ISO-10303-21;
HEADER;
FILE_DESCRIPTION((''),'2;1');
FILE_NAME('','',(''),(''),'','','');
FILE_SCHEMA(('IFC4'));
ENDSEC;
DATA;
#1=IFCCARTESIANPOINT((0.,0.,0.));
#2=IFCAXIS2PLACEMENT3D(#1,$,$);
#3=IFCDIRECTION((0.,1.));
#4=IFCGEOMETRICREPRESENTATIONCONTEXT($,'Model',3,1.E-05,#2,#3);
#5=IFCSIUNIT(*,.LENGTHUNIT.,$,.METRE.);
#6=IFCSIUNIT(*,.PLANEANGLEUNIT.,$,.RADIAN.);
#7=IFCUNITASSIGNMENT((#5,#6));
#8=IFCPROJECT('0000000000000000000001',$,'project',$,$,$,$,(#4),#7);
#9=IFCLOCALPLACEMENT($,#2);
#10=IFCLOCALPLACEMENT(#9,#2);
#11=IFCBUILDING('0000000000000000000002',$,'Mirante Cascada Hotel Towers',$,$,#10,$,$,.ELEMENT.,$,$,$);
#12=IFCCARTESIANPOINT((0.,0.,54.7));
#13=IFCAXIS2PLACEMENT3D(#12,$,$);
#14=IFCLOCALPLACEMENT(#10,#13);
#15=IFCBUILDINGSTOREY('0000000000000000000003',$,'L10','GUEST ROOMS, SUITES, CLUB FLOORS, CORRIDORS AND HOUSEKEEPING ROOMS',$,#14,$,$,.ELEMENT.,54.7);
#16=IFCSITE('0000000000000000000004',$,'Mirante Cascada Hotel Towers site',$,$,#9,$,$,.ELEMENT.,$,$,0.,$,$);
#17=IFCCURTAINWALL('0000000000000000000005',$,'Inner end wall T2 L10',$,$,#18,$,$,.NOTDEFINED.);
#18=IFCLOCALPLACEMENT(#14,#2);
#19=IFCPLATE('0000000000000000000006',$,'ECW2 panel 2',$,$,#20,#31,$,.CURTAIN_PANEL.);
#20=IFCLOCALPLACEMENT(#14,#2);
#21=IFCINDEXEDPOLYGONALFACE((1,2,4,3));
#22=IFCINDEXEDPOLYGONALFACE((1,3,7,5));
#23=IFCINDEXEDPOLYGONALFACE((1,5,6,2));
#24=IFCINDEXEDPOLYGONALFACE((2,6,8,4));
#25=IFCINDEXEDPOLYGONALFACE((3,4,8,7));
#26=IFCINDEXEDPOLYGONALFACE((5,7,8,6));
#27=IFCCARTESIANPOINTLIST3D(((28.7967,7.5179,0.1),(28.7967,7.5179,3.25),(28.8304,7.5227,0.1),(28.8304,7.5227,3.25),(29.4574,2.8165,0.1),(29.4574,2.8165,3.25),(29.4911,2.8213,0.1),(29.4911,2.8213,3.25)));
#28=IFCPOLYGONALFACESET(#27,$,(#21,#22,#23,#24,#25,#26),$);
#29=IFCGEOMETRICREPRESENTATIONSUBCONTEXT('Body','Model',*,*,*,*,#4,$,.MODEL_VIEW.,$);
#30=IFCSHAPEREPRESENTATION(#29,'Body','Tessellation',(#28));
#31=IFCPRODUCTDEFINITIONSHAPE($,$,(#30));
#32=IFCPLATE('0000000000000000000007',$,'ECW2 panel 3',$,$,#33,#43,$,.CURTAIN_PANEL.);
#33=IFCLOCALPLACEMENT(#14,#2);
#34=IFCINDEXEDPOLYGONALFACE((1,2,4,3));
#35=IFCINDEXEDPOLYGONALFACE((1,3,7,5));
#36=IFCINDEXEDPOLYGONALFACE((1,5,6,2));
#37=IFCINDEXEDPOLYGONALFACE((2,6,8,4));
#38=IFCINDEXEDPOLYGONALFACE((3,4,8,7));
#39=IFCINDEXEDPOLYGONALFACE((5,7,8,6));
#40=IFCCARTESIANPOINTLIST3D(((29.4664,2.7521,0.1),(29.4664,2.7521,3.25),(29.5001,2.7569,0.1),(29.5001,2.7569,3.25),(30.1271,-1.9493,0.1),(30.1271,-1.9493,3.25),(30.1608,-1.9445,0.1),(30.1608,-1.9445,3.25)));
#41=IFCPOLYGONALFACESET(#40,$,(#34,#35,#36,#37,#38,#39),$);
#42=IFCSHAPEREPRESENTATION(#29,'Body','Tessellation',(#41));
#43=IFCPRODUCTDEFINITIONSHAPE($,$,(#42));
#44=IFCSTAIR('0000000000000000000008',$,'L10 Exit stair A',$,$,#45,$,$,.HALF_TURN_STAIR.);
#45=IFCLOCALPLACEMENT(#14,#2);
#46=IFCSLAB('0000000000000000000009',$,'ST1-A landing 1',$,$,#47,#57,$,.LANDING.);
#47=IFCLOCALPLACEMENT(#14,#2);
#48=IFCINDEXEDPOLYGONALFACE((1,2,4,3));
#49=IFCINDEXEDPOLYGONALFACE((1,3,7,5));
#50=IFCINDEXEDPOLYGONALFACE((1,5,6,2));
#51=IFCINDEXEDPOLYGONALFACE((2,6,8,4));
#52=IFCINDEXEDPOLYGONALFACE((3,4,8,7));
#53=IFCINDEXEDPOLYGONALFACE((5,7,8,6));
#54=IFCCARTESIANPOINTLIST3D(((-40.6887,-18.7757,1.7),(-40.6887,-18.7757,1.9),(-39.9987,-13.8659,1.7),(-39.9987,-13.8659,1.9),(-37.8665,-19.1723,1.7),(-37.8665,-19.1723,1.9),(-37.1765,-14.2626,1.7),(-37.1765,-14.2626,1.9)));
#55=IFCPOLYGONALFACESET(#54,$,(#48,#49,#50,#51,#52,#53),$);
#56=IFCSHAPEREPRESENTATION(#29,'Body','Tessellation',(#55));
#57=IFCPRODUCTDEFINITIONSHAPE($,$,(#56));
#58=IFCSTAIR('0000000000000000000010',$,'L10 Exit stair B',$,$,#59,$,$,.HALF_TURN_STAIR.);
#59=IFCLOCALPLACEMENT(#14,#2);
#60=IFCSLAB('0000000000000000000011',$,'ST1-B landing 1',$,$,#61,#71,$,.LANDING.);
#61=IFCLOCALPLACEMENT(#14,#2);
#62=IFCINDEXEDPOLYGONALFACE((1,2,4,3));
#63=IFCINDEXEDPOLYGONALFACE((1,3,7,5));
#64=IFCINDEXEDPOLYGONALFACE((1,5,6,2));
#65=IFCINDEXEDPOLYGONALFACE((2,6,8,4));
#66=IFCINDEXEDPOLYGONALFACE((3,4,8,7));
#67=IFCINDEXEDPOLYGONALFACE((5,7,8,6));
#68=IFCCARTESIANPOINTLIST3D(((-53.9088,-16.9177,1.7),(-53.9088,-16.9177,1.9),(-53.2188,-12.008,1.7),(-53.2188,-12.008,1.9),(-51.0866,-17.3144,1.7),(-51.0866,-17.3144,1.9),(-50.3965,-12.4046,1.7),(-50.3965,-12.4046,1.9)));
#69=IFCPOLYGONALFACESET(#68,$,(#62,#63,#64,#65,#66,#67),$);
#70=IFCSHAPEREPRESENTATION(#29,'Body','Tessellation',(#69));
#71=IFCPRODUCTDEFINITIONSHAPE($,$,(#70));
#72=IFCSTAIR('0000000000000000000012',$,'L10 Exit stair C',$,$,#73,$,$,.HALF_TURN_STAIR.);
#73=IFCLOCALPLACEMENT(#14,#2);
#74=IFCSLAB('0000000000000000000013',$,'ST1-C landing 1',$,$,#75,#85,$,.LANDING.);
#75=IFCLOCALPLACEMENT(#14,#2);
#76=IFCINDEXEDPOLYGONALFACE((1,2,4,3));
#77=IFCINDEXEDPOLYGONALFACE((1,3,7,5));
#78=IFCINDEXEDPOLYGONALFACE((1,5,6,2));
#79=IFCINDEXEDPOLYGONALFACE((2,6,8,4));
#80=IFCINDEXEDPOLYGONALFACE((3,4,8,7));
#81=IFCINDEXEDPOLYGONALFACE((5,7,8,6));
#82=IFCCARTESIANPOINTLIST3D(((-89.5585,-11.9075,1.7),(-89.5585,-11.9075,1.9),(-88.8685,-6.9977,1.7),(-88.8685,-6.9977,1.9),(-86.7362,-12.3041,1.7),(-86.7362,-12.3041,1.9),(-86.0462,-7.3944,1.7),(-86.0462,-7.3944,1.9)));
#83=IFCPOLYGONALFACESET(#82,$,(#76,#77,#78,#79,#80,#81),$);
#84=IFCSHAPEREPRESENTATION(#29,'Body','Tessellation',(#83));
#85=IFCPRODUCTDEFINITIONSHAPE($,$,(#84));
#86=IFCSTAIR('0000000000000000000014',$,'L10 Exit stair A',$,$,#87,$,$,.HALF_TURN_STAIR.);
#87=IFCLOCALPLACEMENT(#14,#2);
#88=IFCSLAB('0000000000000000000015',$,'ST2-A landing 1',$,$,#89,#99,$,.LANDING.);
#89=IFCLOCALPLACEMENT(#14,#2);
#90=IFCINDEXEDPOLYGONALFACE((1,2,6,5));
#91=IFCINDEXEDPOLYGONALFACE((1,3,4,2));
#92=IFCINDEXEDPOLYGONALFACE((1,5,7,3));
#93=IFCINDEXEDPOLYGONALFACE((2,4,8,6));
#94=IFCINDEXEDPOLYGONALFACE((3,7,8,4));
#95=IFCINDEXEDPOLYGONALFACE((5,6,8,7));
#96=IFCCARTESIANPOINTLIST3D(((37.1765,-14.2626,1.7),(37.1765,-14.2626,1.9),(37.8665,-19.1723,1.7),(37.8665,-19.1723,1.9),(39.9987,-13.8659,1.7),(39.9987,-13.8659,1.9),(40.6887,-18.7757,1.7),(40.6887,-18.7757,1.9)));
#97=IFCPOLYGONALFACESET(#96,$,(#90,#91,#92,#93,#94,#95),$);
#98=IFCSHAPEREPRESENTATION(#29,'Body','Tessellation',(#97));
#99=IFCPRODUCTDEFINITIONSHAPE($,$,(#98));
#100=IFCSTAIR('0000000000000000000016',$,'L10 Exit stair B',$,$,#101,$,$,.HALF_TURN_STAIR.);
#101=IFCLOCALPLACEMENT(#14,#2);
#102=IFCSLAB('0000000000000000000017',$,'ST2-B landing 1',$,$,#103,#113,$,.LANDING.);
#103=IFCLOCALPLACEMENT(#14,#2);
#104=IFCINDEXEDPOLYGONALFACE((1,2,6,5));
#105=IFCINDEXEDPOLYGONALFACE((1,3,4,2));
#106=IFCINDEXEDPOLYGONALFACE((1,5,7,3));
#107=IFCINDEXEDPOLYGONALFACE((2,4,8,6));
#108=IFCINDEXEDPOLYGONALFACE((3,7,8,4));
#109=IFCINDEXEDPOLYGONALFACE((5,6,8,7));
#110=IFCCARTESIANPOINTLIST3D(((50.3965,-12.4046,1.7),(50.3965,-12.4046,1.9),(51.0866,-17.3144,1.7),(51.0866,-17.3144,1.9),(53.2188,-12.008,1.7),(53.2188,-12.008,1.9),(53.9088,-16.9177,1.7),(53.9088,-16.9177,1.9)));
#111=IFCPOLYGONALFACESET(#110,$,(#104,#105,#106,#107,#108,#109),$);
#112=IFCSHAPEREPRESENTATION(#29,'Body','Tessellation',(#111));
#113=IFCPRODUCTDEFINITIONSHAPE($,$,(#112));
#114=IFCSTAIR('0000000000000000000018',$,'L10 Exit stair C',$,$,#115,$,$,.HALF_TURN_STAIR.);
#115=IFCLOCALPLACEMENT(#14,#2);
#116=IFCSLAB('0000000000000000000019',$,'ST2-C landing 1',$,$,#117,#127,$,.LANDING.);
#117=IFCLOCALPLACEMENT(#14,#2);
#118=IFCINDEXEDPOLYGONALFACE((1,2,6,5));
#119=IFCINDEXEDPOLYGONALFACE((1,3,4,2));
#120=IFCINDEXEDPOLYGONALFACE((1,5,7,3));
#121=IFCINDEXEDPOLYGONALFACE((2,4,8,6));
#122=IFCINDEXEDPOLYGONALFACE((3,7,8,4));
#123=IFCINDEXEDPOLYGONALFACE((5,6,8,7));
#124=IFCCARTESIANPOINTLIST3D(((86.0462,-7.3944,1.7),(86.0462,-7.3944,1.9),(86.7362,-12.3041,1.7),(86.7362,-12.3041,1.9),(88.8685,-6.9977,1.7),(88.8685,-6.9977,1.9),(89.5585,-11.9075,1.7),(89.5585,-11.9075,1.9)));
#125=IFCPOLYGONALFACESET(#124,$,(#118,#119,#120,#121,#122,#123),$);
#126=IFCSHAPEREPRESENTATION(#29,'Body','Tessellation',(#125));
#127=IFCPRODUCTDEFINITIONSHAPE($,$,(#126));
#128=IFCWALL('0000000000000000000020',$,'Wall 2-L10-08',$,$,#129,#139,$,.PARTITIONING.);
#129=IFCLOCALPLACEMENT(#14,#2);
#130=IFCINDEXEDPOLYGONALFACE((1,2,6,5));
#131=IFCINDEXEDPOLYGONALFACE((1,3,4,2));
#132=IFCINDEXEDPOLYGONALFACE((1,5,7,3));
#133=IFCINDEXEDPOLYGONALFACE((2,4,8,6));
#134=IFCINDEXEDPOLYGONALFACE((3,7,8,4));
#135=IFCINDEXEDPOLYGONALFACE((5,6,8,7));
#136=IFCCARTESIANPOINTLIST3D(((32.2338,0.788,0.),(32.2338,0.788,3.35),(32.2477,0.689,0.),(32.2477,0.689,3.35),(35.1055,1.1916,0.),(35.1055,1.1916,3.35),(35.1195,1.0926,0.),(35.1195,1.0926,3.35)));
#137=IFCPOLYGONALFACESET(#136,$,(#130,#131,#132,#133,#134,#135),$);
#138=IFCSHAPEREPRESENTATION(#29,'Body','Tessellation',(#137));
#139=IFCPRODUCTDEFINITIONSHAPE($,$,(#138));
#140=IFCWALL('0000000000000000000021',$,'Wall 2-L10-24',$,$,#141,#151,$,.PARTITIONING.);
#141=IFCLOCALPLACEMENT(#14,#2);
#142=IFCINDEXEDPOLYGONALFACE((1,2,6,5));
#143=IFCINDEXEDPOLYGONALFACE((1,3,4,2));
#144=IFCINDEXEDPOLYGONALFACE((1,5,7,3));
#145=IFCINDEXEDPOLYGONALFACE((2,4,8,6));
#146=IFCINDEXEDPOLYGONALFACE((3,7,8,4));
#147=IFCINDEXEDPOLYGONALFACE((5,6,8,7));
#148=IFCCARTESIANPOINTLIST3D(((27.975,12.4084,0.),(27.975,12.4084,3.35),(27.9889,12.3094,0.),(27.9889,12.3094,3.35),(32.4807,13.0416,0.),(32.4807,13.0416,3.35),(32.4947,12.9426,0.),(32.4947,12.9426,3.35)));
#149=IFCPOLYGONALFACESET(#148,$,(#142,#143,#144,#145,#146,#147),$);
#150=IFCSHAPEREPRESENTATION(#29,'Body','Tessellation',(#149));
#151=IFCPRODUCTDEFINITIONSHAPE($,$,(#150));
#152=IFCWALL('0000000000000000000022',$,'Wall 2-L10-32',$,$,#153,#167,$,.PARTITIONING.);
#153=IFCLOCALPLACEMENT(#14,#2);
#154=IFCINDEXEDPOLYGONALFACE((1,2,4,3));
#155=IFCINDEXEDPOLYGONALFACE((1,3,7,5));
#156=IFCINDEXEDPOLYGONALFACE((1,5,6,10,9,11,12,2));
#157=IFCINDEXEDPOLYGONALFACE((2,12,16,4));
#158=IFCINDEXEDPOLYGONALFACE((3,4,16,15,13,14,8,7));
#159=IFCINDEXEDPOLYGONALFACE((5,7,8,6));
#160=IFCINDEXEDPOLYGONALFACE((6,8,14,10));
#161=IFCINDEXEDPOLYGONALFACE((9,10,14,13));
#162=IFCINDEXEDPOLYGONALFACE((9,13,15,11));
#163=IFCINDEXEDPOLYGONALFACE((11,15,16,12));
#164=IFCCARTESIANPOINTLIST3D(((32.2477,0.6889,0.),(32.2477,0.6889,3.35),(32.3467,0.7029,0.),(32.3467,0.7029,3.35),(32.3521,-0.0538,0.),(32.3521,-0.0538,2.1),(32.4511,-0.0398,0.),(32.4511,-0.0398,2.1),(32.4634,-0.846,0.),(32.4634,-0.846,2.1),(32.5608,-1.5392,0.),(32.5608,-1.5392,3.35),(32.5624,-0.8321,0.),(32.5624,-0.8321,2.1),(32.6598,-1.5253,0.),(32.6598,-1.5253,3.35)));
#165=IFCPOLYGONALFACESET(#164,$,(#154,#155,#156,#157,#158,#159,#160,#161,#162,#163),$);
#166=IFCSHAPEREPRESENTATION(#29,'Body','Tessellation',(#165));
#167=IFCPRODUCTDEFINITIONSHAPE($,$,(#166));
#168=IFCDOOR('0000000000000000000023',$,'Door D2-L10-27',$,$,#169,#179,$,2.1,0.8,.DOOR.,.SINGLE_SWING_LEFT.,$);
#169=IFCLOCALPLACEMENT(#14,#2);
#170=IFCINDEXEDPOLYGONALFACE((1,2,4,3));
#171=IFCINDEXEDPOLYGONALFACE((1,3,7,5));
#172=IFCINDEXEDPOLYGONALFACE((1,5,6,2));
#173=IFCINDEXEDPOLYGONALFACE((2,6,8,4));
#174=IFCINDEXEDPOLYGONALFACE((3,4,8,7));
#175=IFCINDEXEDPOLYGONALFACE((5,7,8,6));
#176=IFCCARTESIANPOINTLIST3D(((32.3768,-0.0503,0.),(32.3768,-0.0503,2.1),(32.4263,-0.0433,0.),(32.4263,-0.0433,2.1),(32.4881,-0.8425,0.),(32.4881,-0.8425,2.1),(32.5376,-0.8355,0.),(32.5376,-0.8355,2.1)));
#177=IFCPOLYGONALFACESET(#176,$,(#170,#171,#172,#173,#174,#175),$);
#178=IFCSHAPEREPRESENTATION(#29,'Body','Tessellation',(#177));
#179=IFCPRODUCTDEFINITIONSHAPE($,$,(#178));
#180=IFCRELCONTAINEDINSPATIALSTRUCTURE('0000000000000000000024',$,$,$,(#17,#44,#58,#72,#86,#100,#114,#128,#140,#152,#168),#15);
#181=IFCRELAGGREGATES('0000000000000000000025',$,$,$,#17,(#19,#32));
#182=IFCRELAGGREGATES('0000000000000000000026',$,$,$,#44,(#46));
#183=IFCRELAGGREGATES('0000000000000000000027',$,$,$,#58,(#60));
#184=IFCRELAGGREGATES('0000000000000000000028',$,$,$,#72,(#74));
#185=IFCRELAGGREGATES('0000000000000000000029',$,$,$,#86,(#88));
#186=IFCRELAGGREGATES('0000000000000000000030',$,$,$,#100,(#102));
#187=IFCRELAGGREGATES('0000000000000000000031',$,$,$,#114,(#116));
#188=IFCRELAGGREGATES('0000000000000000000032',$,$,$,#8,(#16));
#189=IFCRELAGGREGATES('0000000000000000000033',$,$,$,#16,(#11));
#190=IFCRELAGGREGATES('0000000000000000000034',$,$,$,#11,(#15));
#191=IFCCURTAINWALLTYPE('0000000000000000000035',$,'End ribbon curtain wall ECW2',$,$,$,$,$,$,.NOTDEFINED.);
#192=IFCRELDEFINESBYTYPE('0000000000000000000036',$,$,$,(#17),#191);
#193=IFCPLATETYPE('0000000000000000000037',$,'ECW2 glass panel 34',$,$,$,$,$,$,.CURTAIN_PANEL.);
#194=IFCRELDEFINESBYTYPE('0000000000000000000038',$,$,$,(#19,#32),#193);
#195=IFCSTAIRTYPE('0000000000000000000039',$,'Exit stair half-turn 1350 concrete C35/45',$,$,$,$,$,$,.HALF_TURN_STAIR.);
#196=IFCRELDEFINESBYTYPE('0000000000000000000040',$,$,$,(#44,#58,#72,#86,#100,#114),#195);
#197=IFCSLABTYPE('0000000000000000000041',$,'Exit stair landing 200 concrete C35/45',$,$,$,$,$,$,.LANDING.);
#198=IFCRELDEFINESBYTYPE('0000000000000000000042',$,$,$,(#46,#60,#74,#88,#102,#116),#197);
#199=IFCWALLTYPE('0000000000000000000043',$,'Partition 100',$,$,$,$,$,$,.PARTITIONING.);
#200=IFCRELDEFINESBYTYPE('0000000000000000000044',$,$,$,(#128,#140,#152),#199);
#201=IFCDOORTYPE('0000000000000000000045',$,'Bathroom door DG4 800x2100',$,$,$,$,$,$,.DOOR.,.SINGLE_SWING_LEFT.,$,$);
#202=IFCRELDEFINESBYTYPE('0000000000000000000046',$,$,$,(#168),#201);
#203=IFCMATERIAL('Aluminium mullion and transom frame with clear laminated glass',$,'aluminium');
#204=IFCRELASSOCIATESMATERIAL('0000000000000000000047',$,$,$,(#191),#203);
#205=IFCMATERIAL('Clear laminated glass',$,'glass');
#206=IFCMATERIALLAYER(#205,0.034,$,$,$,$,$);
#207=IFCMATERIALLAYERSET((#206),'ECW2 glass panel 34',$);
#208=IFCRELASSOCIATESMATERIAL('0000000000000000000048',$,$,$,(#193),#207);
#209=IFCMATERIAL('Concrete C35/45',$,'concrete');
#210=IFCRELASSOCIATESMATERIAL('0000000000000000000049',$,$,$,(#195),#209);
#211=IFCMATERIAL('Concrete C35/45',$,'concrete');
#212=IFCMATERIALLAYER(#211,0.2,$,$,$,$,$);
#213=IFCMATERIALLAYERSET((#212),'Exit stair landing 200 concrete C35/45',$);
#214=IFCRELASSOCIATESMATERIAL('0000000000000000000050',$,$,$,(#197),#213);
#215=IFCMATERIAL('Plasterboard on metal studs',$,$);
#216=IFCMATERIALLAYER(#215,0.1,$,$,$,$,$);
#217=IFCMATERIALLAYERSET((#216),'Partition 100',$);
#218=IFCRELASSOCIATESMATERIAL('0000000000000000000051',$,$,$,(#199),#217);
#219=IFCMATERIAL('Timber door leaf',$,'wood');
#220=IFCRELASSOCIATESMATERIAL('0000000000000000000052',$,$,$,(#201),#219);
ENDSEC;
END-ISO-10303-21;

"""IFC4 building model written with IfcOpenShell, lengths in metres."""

from ifc_helpers import new_model, si_unit, direction, frame, frame_2d, origin, origin_2d, place, context, subcontext, project, spatial, polyline, rectangle, outline, extrude, material, layer, layer_set, type_object, element, fill, aggregate, save


model = new_model("IFC4")

# Units and contexts
model_context = context("Model", 3, precision=1e-05, world=origin(), true_north=direction((0.0, 1.0)))
body_context = subcontext(model_context, "Body", "Model", "MODEL_VIEW")
ifc_project = project(units=[si_unit("LENGTHUNIT", "METRE"), si_unit("PLANEANGLEUNIT", "RADIAN")], contexts=[model_context])

# Site, building, storey
site_placement = place(None, origin())
site = spatial("IfcSite", under=ifc_project, at=site_placement, Name="Mirante Cascada Hotel Towers site", CompositionType="ELEMENT", RefElevation=0.0)
building_placement = place(site_placement, origin())
building = spatial("IfcBuilding", under=site, at=building_placement, Name="Mirante Cascada Hotel Towers", CompositionType="ELEMENT")
storey_placement = place(building_placement, frame((0.0, 0.0, 54.7)))
storey = spatial("IfcBuildingStorey", under=building, at=storey_placement, Name="L10", Description="GUEST ROOMS, SUITES, CLUB FLOORS, CORRIDORS AND HOUSEKEEPING ROOMS", CompositionType="ELEMENT", Elevation=54.7)

# Curtain wall
ifc_material_1 = material(Name="Aluminium mullion and transom frame with clear laminated glass", Category="aluminium")
curtain_wall_type_1 = type_object("IfcCurtainWallType", Name="End ribbon curtain wall ECW2", PredefinedType="NOTDEFINED", material=ifc_material_1)
curtain_wall_1_placement = place(storey_placement, origin())
curtain_wall_1 = element("IfcCurtainWall", 1, at=curtain_wall_1_placement, inside=storey, type_object=curtain_wall_type_1, Name="Inner end wall T2 L10", PredefinedType="NOTDEFINED")

# Plates
ifc_material_2 = material(Name="Clear laminated glass", Category="glass")
ifc_layer_1 = layer(ifc_material_2, 0.034)
ifc_layer_set_1 = layer_set([ifc_layer_1], Name="ECW2 glass panel 34")
plate_type_1 = type_object("IfcPlateType", Name="ECW2 glass panel 34", PredefinedType="CURTAIN_PANEL", material=ifc_layer_set_1)
plate_1_placement = place(storey_placement, frame((29.1439, 5.1696, 0.1), z_axis=(0.0, 0.0, 1.0), x_axis=(0.139173, -0.990268, 0.0)))
plate_1 = element("IfcPlate", 2, at=plate_1_placement, type_object=plate_type_1, Name="ECW2 panel 2", PredefinedType="CURTAIN_PANEL", context=body_context, shape_type="SweptSolid", body=[
    extrude(rectangle(XDim=4.7476, YDim=0.034, at=origin_2d()), origin(), (0.0, 0.0, 1.0), 3.15),
])
plate_2_placement = place(storey_placement, frame((29.8136, 0.4038, 0.1), z_axis=(0.0, 0.0, 1.0), x_axis=(0.139173, -0.990268, 0.0)))
plate_2 = element("IfcPlate", 3, at=plate_2_placement, type_object=plate_type_1, Name="ECW2 panel 3", PredefinedType="CURTAIN_PANEL", context=body_context, shape_type="SweptSolid", body=[
    extrude(rectangle(XDim=4.7476, YDim=0.034, at=origin_2d()), origin(), (0.0, 0.0, 1.0), 3.15),
])
aggregate(curtain_wall_1, [plate_1, plate_2])

# Stairs, slabs
ifc_material_3 = material(Name="Concrete C35/45", Category="concrete")
stair_type = type_object("IfcStairType", Name="Exit stair half-turn 1350 concrete C35/45", PredefinedType="HALF_TURN_STAIR", material=ifc_material_3)
stair_1_placement = place(storey_placement, origin())
stair_1 = element("IfcStair", 4, at=stair_1_placement, inside=storey, type_object=stair_type, Name="L10 Exit stair A", PredefinedType="HALF_TURN_STAIR")
ifc_material_4 = material(Name="Concrete C35/45", Category="concrete")
ifc_layer_2 = layer(ifc_material_4, 0.2)
ifc_layer_set_2 = layer_set([ifc_layer_2], Name="Exit stair landing 200 concrete C35/45")
slab_type = type_object("IfcSlabType", Name="Exit stair landing 200 concrete C35/45", PredefinedType="LANDING", material=ifc_layer_set_2)
slab_1_placement = place(storey_placement, frame((0.0, 0.0, 1.7)))
slab_1 = element("IfcSlab", 5, at=slab_1_placement, type_object=slab_type, Name="ST1-A landing 1", PredefinedType="LANDING", context=body_context, shape_type="SweptSolid", body=[
    extrude(outline(polyline([(-39.9987, -13.8659), (-40.6887, -18.7757), (-37.8665, -19.1723), (-37.1765, -14.2626), (-39.9987, -13.8659)])), origin(), (0.0, 0.0, 1.0), 0.2),
])
aggregate(stair_1, [slab_1])
stair_2_placement = place(storey_placement, origin())
stair_2 = element("IfcStair", 6, at=stair_2_placement, inside=storey, type_object=stair_type, Name="L10 Exit stair B", PredefinedType="HALF_TURN_STAIR")
slab_2_placement = place(storey_placement, frame((0.0, 0.0, 1.7)))
slab_2 = element("IfcSlab", 7, at=slab_2_placement, type_object=slab_type, Name="ST1-B landing 1", PredefinedType="LANDING", context=body_context, shape_type="SweptSolid", body=[
    extrude(outline(polyline([(-53.2188, -12.008), (-53.9088, -16.9177), (-51.0866, -17.3144), (-50.3965, -12.4046), (-53.2188, -12.008)])), origin(), (0.0, 0.0, 1.0), 0.2),
])
aggregate(stair_2, [slab_2])
stair_3_placement = place(storey_placement, origin())
stair_3 = element("IfcStair", 8, at=stair_3_placement, inside=storey, type_object=stair_type, Name="L10 Exit stair C", PredefinedType="HALF_TURN_STAIR")
slab_3_placement = place(storey_placement, frame((0.0, 0.0, 1.7)))
slab_3 = element("IfcSlab", 9, at=slab_3_placement, type_object=slab_type, Name="ST1-C landing 1", PredefinedType="LANDING", context=body_context, shape_type="SweptSolid", body=[
    extrude(outline(polyline([(-88.8685, -6.9977), (-89.5585, -11.9075), (-86.7362, -12.3041), (-86.0462, -7.3944), (-88.8685, -6.9977)])), origin(), (0.0, 0.0, 1.0), 0.2),
])
aggregate(stair_3, [slab_3])
stair_4_placement = place(storey_placement, origin())
stair_4 = element("IfcStair", 10, at=stair_4_placement, inside=storey, type_object=stair_type, Name="L10 Exit stair A", PredefinedType="HALF_TURN_STAIR")
slab_4_placement = place(storey_placement, frame((0.0, 0.0, 1.7)))
slab_4 = element("IfcSlab", 11, at=slab_4_placement, type_object=slab_type, Name="ST2-A landing 1", PredefinedType="LANDING", context=body_context, shape_type="SweptSolid", body=[
    extrude(outline(polyline([(37.1765, -14.2626), (37.8665, -19.1723), (40.6887, -18.7757), (39.9987, -13.8659), (37.1765, -14.2626)])), origin(), (0.0, 0.0, 1.0), 0.2),
])
aggregate(stair_4, [slab_4])
stair_5_placement = place(storey_placement, origin())
stair_5 = element("IfcStair", 12, at=stair_5_placement, inside=storey, type_object=stair_type, Name="L10 Exit stair B", PredefinedType="HALF_TURN_STAIR")
slab_5_placement = place(storey_placement, frame((0.0, 0.0, 1.7)))
slab_5 = element("IfcSlab", 13, at=slab_5_placement, type_object=slab_type, Name="ST2-B landing 1", PredefinedType="LANDING", context=body_context, shape_type="SweptSolid", body=[
    extrude(outline(polyline([(50.3965, -12.4046), (51.0866, -17.3144), (53.9088, -16.9177), (53.2188, -12.008), (50.3965, -12.4046)])), origin(), (0.0, 0.0, 1.0), 0.2),
])
aggregate(stair_5, [slab_5])
stair_6_placement = place(storey_placement, origin())
stair_6 = element("IfcStair", 14, at=stair_6_placement, inside=storey, type_object=stair_type, Name="L10 Exit stair C", PredefinedType="HALF_TURN_STAIR")
slab_6_placement = place(storey_placement, frame((0.0, 0.0, 1.7)))
slab_6 = element("IfcSlab", 15, at=slab_6_placement, type_object=slab_type, Name="ST2-C landing 1", PredefinedType="LANDING", context=body_context, shape_type="SweptSolid", body=[
    extrude(outline(polyline([(86.0462, -7.3944), (86.7362, -12.3041), (89.5585, -11.9075), (88.8685, -6.9977), (86.0462, -7.3944)])), origin(), (0.0, 0.0, 1.0), 0.2),
])
aggregate(stair_6, [slab_6])

# Walls
ifc_material_5 = material(Name="Plasterboard on metal studs")
ifc_layer_3 = layer(ifc_material_5, 0.1)
ifc_layer_set_3 = layer_set([ifc_layer_3], Name="Partition 100")
wall_type_1 = type_object("IfcWallType", Name="Partition 100", PredefinedType="PARTITIONING", material=ifc_layer_set_3)
wall_1_placement = place(storey_placement, frame((35.1125, 1.1421, 0.0), z_axis=(0.0, 0.0, 1.0), x_axis=(-0.990268, -0.139171, 0.0)))
element("IfcWall", 16, at=wall_1_placement, inside=storey, type_object=wall_type_1, Name="Wall 2-L10-08", PredefinedType="PARTITIONING", context=body_context, shape_type="SweptSolid", body=[
    extrude(rectangle(XDim=2.9, YDim=0.1, at=frame_2d((1.45, 0.0))), origin(), (0.0, 0.0, 1.0), 3.35),
])
wall_2_placement = place(storey_placement, frame((32.4877, 12.9921, 0.0), z_axis=(0.0, 0.0, 1.0), x_axis=(-0.990269, -0.139166, 0.0)))
element("IfcWall", 17, at=wall_2_placement, inside=storey, type_object=wall_type_1, Name="Wall 2-L10-24", PredefinedType="PARTITIONING", context=body_context, shape_type="SweptSolid", body=[
    extrude(rectangle(XDim=4.55, YDim=0.1, at=frame_2d((2.275, 0.0))), origin(), (0.0, 0.0, 1.0), 3.35),
])

# Wall, opening, door
wall_3_placement = place(storey_placement, frame((32.2972, 0.6959, 0.0), z_axis=(0.0, 0.0, 1.0), x_axis=(0.139156, -0.990271, 0.0)))
wall_3 = element("IfcWall", 18, at=wall_3_placement, inside=storey, type_object=wall_type_1, Name="Wall 2-L10-32", PredefinedType="PARTITIONING", context=body_context, shape_type="SweptSolid", body=[
    extrude(rectangle(XDim=2.25, YDim=0.1, at=frame_2d((1.125, 0.0))), origin(), (0.0, 0.0, 1.0), 3.35),
])
opening_1_placement = place(wall_3_placement, frame((0.75, 0.0, 0.0)))
opening_1 = element("IfcOpeningElement", 19, at=opening_1_placement, cuts=wall_3, PredefinedType="OPENING", context=body_context, shape_type="SweptSolid", body=[
    extrude(rectangle(XDim=0.8, YDim=2.1, at=frame_2d((0.4, 1.05))), frame((0.0, 0.05, 0.0), z_axis=(0.0, -1.0, 0.0), x_axis=(1.0, 0.0, 0.0)), (0.0, 0.0, 1.0), 0.1),
])
ifc_material_6 = material(Name="Timber door leaf", Category="wood")
door_type_1 = type_object("IfcDoorType", Name="Bathroom door DG4 800x2100", OperationType="SINGLE_SWING_LEFT", PredefinedType="DOOR", material=ifc_material_6)
door_1_placement = place(opening_1_placement, origin())
door_1 = element("IfcDoor", 20, at=door_1_placement, inside=storey, type_object=door_type_1, Name="Door D2-L10-27", OperationType="SINGLE_SWING_LEFT", OverallHeight=2.1, OverallWidth=0.8, PredefinedType="DOOR", context=body_context, shape_type="SweptSolid", body=[
    extrude(rectangle(XDim=0.8, YDim=2.1, at=frame_2d((0.4, 1.05))), frame((0.0, 0.025, 0.0), z_axis=(0.0, -1.0, 0.0), x_axis=(1.0, 0.0, 0.0)), (0.0, 0.0, 1.0), 0.05),
])
fill(opening_1, door_1)

save(model, "model.ifc")
